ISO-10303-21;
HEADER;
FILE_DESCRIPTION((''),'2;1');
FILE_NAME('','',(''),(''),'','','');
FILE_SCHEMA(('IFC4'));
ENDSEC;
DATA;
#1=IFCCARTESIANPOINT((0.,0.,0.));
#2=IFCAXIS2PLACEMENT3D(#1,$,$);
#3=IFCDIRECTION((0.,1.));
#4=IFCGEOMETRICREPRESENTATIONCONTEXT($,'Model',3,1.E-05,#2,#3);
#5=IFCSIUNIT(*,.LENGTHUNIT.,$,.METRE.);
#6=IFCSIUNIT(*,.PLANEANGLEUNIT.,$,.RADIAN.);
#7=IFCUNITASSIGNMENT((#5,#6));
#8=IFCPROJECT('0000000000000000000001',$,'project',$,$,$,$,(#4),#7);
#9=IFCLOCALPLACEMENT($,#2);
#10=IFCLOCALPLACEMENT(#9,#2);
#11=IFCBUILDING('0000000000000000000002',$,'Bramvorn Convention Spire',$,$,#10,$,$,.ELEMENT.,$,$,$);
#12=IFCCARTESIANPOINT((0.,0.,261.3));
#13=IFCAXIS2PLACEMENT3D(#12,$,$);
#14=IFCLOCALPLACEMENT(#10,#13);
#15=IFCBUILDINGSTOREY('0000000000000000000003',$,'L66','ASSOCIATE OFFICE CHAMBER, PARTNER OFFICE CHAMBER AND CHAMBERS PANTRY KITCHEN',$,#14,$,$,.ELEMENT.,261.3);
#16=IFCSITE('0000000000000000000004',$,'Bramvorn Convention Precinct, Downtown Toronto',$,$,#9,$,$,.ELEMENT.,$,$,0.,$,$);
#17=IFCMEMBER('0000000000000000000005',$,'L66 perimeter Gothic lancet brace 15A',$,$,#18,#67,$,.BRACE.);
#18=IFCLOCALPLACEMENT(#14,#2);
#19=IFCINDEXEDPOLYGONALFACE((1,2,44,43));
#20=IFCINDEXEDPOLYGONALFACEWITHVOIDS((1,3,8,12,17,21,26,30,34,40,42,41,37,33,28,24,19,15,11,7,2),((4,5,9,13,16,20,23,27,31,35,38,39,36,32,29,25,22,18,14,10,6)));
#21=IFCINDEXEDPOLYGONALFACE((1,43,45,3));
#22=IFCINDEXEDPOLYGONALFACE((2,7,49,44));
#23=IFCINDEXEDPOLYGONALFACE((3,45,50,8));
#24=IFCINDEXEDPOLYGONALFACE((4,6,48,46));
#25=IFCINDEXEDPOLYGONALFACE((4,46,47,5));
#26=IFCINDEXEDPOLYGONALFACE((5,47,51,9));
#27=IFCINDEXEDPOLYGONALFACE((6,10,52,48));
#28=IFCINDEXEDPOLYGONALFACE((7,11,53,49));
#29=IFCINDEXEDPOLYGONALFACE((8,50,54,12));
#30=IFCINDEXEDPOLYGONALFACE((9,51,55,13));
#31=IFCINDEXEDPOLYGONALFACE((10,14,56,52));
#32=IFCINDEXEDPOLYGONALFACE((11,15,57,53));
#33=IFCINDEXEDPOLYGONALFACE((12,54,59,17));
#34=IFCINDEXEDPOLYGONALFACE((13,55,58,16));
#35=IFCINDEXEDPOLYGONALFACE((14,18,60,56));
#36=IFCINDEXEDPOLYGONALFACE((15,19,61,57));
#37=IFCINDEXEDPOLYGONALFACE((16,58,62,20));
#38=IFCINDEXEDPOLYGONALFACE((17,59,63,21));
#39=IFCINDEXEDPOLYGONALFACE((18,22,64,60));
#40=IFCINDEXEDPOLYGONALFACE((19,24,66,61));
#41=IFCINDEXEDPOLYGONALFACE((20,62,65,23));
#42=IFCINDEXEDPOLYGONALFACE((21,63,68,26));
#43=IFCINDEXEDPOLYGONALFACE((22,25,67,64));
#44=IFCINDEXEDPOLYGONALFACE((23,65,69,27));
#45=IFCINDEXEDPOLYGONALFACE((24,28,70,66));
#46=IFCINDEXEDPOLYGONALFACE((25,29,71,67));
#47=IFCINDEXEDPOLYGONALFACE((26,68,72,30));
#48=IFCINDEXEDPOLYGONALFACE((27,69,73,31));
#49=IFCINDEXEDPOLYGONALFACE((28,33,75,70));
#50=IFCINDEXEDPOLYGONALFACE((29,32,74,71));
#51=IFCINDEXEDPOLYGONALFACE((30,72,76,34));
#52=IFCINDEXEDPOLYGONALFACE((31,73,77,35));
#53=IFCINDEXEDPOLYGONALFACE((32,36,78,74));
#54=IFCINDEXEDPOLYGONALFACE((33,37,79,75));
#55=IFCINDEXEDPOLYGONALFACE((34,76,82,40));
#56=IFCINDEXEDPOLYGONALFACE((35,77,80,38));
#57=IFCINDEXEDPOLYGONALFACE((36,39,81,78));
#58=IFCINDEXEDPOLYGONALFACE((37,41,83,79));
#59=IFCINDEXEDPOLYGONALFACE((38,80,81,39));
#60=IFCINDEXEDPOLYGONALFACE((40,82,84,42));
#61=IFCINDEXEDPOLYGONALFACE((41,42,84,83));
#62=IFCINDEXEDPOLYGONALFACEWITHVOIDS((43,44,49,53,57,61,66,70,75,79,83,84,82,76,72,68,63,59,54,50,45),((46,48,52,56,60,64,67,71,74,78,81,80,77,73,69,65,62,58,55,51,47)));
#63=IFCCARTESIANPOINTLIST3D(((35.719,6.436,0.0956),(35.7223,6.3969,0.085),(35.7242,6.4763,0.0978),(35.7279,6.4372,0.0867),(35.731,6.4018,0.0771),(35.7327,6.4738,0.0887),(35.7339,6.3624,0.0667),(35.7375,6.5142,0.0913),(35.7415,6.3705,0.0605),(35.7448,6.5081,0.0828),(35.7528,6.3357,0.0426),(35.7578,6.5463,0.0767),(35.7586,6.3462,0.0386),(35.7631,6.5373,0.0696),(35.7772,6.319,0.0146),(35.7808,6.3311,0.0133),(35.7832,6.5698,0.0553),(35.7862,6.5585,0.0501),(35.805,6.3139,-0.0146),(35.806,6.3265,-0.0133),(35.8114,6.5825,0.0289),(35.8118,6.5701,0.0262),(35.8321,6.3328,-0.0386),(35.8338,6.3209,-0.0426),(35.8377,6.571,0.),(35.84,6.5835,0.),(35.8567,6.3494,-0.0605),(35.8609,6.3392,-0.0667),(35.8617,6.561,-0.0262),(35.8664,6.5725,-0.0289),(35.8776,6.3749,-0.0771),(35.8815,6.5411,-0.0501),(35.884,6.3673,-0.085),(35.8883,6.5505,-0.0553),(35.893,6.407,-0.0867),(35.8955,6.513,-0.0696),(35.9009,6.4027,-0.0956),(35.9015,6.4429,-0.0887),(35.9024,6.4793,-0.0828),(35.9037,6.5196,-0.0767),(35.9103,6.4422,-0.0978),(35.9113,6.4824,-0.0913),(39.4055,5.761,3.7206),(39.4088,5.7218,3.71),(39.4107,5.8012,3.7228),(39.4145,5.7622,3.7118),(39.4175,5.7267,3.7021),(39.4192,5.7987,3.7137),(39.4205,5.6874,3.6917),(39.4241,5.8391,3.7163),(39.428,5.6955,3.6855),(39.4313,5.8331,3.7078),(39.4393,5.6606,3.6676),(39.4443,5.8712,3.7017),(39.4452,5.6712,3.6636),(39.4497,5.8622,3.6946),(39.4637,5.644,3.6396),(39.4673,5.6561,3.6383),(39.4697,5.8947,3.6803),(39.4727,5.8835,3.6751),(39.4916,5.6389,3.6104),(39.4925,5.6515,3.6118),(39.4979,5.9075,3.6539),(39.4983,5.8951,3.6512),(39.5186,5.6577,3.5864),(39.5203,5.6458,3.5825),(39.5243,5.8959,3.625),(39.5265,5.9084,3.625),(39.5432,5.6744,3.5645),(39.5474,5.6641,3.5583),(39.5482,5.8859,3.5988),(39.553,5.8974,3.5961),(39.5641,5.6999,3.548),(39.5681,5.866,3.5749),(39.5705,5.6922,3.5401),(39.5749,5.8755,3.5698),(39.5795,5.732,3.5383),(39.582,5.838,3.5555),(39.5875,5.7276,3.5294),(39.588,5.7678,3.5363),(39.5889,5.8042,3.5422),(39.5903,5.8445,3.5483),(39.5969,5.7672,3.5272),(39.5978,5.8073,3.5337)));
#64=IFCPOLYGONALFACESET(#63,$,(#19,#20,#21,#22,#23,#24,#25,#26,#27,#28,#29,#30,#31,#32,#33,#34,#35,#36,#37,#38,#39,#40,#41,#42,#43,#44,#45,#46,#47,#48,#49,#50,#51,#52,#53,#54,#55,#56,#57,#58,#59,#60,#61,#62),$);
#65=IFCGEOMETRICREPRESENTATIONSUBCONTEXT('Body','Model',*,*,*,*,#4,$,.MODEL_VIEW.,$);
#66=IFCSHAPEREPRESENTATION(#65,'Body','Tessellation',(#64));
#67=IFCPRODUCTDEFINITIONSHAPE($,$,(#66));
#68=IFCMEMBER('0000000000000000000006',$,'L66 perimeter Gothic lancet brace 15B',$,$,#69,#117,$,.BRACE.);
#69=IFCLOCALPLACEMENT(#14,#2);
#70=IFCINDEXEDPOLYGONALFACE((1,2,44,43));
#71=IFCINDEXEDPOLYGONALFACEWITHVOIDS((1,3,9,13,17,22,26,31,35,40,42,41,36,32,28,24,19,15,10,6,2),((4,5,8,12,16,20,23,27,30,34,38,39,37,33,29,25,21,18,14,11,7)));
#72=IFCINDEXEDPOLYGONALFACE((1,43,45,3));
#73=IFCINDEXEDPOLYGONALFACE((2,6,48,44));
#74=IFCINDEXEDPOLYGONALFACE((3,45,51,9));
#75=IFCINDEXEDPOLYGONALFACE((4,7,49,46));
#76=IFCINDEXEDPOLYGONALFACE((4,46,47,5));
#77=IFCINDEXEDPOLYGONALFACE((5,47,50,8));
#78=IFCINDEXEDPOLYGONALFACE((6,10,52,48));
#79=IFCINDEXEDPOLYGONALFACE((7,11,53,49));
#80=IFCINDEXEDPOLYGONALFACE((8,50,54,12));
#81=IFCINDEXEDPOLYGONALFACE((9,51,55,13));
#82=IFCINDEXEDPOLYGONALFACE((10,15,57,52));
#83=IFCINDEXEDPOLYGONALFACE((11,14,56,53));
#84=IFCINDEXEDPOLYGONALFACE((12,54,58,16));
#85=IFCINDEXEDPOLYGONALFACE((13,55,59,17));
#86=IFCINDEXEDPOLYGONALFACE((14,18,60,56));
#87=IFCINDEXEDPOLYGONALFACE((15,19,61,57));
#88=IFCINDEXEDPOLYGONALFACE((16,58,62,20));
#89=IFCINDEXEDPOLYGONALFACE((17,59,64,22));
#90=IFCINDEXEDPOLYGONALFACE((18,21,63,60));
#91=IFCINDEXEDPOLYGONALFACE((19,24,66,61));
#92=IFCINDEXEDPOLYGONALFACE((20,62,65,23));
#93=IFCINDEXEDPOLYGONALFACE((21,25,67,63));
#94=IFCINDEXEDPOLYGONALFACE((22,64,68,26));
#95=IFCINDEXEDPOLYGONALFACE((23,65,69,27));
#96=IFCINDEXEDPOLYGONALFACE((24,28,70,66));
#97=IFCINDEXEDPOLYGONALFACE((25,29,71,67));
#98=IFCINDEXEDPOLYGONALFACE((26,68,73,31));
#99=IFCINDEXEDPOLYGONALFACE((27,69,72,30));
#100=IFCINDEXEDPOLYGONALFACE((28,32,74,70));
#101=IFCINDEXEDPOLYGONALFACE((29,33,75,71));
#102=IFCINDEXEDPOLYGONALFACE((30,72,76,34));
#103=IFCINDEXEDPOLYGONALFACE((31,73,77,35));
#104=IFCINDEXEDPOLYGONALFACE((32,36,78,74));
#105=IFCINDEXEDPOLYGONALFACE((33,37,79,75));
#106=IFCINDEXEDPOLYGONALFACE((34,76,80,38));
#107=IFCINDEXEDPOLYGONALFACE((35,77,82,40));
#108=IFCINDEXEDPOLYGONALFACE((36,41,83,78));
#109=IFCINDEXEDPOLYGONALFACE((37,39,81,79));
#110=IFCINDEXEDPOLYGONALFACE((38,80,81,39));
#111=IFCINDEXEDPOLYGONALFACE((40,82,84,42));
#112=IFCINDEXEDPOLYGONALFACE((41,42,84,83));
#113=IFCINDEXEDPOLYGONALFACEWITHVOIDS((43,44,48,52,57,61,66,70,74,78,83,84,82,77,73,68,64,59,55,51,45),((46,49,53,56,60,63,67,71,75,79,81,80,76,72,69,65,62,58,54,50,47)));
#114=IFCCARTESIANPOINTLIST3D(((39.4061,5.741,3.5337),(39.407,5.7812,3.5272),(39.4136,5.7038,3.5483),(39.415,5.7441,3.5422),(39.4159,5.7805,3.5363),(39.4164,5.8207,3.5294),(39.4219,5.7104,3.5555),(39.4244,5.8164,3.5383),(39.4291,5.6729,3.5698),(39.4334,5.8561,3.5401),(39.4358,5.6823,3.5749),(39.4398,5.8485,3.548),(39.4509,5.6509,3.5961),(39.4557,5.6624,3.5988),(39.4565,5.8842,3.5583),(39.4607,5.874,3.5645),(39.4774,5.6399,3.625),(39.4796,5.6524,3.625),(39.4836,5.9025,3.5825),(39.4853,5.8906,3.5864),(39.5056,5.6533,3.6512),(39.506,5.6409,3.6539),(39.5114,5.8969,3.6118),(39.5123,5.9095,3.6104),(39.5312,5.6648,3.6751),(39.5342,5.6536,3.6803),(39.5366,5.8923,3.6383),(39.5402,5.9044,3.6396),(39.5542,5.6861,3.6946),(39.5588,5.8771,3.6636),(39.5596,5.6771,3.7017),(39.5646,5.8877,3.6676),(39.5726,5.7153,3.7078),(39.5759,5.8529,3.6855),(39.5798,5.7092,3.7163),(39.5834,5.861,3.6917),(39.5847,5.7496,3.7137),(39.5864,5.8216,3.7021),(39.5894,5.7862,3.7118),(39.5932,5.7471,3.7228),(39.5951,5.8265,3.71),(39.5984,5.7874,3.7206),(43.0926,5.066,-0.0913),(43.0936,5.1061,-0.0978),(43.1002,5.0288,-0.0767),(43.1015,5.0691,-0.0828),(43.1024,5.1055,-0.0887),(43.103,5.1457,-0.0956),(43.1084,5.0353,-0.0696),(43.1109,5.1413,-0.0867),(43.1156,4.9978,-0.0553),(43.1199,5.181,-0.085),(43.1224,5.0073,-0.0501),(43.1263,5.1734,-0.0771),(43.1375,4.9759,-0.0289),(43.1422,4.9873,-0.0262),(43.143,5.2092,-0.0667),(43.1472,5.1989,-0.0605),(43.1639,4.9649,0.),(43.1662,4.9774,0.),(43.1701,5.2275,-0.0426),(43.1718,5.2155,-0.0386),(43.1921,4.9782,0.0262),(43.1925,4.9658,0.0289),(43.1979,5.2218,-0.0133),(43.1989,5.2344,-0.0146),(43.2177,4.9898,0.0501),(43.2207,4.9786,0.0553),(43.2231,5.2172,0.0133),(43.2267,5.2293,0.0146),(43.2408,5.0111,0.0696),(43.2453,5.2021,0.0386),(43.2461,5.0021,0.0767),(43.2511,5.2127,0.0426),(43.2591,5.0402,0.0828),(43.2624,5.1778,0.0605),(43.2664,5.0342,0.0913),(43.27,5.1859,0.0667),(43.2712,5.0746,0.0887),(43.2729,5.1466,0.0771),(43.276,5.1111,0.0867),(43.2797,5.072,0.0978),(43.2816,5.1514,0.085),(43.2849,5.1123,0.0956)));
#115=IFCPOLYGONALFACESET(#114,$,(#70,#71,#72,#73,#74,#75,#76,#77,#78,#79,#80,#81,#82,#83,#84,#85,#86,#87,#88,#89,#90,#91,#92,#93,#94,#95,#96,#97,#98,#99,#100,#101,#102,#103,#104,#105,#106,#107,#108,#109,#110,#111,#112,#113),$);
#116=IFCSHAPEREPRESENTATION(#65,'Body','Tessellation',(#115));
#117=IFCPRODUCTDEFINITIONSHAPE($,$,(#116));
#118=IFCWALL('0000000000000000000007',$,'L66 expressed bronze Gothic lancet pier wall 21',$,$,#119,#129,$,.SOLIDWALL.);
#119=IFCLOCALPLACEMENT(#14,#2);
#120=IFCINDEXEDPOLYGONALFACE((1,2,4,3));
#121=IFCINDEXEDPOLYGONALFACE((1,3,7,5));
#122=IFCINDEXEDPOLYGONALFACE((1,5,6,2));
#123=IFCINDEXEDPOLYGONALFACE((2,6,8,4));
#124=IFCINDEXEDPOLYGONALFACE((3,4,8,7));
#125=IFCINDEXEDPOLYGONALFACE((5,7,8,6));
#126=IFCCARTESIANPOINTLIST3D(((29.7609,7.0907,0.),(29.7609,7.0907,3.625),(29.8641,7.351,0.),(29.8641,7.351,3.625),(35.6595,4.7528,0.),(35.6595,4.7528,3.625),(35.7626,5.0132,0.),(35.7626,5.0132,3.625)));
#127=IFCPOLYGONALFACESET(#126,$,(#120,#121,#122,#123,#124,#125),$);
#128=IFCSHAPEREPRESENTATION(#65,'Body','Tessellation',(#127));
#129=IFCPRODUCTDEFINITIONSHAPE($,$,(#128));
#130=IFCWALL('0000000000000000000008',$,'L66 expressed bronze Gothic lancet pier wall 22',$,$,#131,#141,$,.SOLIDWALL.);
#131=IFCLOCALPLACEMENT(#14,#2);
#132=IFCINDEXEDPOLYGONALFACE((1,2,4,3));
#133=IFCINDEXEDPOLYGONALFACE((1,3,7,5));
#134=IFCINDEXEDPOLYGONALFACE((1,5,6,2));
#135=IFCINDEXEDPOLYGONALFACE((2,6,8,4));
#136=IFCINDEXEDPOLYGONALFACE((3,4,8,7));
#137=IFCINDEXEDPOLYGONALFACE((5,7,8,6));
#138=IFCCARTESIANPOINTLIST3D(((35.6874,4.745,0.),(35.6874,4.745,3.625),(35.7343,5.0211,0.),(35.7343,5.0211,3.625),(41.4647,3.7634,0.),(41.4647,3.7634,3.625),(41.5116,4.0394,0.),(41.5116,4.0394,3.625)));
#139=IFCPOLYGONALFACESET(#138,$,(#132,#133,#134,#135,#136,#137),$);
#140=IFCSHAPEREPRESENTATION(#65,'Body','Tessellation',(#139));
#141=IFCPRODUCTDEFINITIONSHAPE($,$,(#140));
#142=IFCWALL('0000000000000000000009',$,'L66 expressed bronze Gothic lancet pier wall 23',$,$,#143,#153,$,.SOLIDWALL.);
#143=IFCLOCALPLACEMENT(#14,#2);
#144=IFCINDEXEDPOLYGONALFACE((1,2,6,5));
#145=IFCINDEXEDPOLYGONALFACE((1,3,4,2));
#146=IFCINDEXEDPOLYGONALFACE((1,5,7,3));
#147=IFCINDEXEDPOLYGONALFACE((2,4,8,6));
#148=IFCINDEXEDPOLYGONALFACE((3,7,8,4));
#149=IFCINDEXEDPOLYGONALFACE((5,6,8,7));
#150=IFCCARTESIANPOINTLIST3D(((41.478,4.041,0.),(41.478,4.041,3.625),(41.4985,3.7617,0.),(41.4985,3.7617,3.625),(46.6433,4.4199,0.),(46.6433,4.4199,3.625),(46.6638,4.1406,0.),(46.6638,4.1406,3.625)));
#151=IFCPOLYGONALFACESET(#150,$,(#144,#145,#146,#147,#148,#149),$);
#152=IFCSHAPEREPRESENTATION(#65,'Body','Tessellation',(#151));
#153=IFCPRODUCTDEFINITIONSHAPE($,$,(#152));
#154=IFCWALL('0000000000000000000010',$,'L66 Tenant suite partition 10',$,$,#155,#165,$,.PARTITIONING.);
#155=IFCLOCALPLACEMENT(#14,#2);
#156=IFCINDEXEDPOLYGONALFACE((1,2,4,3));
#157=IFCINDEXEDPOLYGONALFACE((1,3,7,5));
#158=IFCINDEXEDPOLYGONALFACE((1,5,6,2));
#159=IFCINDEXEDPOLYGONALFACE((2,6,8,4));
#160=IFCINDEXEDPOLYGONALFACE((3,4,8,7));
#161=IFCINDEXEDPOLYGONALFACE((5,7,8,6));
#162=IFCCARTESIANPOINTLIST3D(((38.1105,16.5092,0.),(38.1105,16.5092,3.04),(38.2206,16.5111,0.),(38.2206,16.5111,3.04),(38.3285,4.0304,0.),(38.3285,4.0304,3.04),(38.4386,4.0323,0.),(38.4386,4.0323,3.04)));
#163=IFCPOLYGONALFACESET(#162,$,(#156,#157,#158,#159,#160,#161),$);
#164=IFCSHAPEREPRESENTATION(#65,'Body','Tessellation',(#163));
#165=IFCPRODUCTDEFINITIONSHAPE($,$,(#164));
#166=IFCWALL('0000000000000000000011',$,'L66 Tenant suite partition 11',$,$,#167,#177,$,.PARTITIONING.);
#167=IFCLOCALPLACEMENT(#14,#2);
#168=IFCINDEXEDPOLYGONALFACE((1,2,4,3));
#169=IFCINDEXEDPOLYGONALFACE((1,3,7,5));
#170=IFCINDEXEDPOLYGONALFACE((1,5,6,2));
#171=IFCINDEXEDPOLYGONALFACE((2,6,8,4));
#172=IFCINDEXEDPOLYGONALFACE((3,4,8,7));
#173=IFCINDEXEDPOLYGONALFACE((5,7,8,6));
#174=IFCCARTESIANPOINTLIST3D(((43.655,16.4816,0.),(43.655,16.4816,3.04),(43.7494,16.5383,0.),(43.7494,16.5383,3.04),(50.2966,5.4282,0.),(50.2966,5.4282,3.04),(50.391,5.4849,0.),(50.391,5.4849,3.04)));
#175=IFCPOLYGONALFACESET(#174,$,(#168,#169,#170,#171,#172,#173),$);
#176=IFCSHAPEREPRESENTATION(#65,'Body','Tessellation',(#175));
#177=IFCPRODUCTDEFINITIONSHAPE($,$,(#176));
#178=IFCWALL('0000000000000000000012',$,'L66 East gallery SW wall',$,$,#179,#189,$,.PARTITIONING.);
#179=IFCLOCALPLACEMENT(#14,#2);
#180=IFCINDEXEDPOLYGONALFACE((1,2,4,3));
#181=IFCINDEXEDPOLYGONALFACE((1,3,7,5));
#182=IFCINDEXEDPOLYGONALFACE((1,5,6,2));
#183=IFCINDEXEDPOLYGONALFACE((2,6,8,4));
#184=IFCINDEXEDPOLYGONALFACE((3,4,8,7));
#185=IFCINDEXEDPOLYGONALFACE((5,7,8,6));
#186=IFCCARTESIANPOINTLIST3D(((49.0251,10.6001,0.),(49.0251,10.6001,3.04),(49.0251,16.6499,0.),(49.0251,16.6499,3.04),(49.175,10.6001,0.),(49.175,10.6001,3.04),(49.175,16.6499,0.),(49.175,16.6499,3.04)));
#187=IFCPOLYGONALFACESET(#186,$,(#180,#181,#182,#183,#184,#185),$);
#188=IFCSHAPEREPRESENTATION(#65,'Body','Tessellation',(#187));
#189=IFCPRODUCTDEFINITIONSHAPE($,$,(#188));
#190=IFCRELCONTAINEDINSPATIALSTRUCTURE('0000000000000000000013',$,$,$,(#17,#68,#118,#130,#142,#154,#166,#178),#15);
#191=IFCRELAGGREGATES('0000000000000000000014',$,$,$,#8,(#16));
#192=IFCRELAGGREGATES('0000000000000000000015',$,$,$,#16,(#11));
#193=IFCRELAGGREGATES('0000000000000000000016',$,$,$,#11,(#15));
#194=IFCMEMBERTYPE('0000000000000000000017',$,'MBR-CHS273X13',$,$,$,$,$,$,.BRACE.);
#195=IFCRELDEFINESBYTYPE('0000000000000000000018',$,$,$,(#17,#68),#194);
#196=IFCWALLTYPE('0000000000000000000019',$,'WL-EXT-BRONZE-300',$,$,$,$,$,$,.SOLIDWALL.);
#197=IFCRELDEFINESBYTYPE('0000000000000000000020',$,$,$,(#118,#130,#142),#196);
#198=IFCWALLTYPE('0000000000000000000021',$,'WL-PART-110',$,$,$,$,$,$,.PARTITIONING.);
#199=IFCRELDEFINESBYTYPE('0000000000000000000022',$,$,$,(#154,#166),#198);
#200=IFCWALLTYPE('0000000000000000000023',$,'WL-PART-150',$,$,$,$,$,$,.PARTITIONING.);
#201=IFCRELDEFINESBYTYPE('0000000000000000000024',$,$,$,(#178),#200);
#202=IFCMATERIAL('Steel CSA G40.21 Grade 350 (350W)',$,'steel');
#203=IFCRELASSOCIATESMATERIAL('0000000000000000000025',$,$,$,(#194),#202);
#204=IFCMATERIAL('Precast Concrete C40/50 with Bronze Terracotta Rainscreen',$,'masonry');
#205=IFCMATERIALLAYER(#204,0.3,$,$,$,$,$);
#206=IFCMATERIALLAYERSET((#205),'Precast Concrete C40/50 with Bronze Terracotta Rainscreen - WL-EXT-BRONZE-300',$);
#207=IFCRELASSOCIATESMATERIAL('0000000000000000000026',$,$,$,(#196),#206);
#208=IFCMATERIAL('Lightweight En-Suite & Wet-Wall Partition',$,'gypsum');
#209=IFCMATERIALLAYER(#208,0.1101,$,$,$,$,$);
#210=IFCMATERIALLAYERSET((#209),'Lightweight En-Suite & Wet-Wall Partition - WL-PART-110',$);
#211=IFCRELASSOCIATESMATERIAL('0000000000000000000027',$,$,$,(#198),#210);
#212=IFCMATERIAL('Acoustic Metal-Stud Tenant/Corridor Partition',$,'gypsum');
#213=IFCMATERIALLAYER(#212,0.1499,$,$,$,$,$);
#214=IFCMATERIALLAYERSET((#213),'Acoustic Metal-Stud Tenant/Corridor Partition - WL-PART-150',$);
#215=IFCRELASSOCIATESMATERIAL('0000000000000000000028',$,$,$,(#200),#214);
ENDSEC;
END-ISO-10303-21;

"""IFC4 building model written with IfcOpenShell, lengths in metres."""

from ifc_helpers import new_model, si_unit, direction, frame, frame_2d, origin, origin_2d, place, context, subcontext, project, spatial, rectangle, hollow_circle, extrude, material, layer, layer_set, material_profile, profile_set, type_object, element, save


model = new_model("IFC4")

# Units and contexts
model_context = context("Model", 3, precision=1e-05, world=origin(), true_north=direction((0.0, 1.0)))
body_context = subcontext(model_context, "Body", "Model", "MODEL_VIEW")
ifc_project = project(units=[si_unit("LENGTHUNIT", "METRE"), si_unit("PLANEANGLEUNIT", "RADIAN")], contexts=[model_context])

# Site, building, storey
site_placement = place(None, origin())
site = spatial("IfcSite", under=ifc_project, at=site_placement, Name="Bramvorn Convention Precinct, Downtown Toronto", CompositionType="ELEMENT", RefElevation=0.0)
building_placement = place(site_placement, origin())
building = spatial("IfcBuilding", under=site, at=building_placement, Name="Bramvorn Convention Spire", CompositionType="ELEMENT")
storey_placement = place(building_placement, frame((0.0, 0.0, 261.3)))
storey = spatial("IfcBuildingStorey", under=building, at=storey_placement, Name="L66", Description="ASSOCIATE OFFICE CHAMBER, PARTNER OFFICE CHAMBER AND CHAMBERS PANTRY KITCHEN", CompositionType="ELEMENT", Elevation=261.3)

# Shared definitions
ifc_material_1 = material(Name="Steel CSA G40.21 Grade 350 (350W)", Category="steel")

# Members
ifc_material_profile_1 = material_profile(ifc_material_1, hollow_circle(Radius=0.1365, WallThickness=0.0127, at=origin_2d()))
ifc_profile_set_1 = profile_set([ifc_material_profile_1], Name="Steel CSA G40.21 Grade 350 (350W) - CHS273X13")
member_type = type_object("IfcMemberType", Name="MBR-CHS273X13", PredefinedType="BRACE", material=ifc_profile_set_1)
for number, where, z_axis, x_axis, name in (
    (1, (35.8154, 6.4492, 0.0), (0.707031, -0.129466, 0.695231), (0.180118, 0.983645, 0.0), "L66 perimeter Gothic lancet brace 15A"),
    (2, (43.1885, 5.0991, 0.0), (-0.707031, 0.129466, 0.695231), (-0.180118, -0.983645, 0.0), "L66 perimeter Gothic lancet brace 15B"),
):
    element("IfcMember", number, at=place(storey_placement, frame(where, z_axis=z_axis, x_axis=x_axis)), inside=storey, type_object=member_type, Name=name, PredefinedType="BRACE", context=body_context, shape_type="SweptSolid", body=[
        extrude(hollow_circle(Radius=0.1365, WallThickness=0.0127, at=origin_2d()), origin(), (0.0, 0.0, 1.0), 5.2141),
    ])

# Walls
ifc_material_2 = material(Name="Precast Concrete C40/50 with Bronze Terracotta Rainscreen", Category="masonry")
ifc_layer_1 = layer(ifc_material_2, 0.3)
ifc_layer_set_1 = layer_set([ifc_layer_1], Name="Precast Concrete C40/50 with Bronze Terracotta Rainscreen - WL-EXT-BRONZE-300")
wall_type_1 = type_object("IfcWallType", Name="WL-EXT-BRONZE-300", PredefinedType="SOLIDWALL", material=ifc_layer_set_1)
wall_1_placement = place(storey_placement, frame((35.7109, 4.8831, 0.0), z_axis=(0.0, 0.0, 1.0), x_axis=(-0.929645, 0.368457, 0.0)))
element("IfcWall", 3, at=wall_1_placement, inside=storey, type_object=wall_type_1, Name="L66 expressed bronze Gothic lancet pier wall 21", PredefinedType="SOLIDWALL", context=body_context, shape_type="SweptSolid", body=[
    extrude(rectangle(XDim=6.345, YDim=0.28, at=frame_2d((3.1724, 0.0))), origin(), (0.0, 0.0, 1.0), 3.625),
])
wall_2_placement = place(storey_placement, frame((41.4883, 3.9014, 0.0), z_axis=(0.0, 0.0, 1.0), x_axis=(-0.985869, 0.167519, 0.0)))
element("IfcWall", 4, at=wall_2_placement, inside=storey, type_object=wall_type_1, Name="L66 expressed bronze Gothic lancet pier wall 22", PredefinedType="SOLIDWALL", context=body_context, shape_type="SweptSolid", body=[
    extrude(rectangle(XDim=5.8601, YDim=0.28, at=frame_2d((2.9302, 0.0))), origin(), (0.0, 0.0, 1.0), 3.625),
])
wall_3_placement = place(storey_placement, frame((46.6536, 4.2803, 0.0), z_axis=(0.0, 0.0, 1.0), x_axis=(-0.99732, -0.07316, 0.0)))
element("IfcWall", 5, at=wall_3_placement, inside=storey, type_object=wall_type_1, Name="L66 expressed bronze Gothic lancet pier wall 23", PredefinedType="SOLIDWALL", context=body_context, shape_type="SweptSolid", body=[
    extrude(rectangle(XDim=5.1792, YDim=0.28, at=frame_2d((2.5896, 0.0))), origin(), (0.0, 0.0, 1.0), 3.625),
])
ifc_material_3 = material(Name="Lightweight En-Suite & Wet-Wall Partition", Category="gypsum")
ifc_layer_2 = layer(ifc_material_3, 0.1101)
ifc_layer_set_2 = layer_set([ifc_layer_2], Name="Lightweight En-Suite & Wet-Wall Partition - WL-PART-110")
wall_type_2 = type_object("IfcWallType", Name="WL-PART-110", PredefinedType="PARTITIONING", material=ifc_layer_set_2)
wall_4_placement = place(storey_placement, frame((38.1655, 16.51, 0.0), z_axis=(0.0, 0.0, 1.0), x_axis=(0.017468, -0.999847, 0.0)))
element("IfcWall", 6, at=wall_4_placement, inside=storey, type_object=wall_type_2, Name="L66 Tenant suite partition 10", PredefinedType="PARTITIONING", context=body_context, shape_type="SweptSolid", body=[
    extrude(rectangle(XDim=12.4807, YDim=0.1101, at=frame_2d((6.2402, 0.0))), origin(), (0.0, 0.0, 1.0), 3.04),
])
wall_5_placement = place(storey_placement, frame((43.7021, 16.51, 0.0), z_axis=(0.0, 0.0, 1.0), x_axis=(0.515039, -0.857167, 0.0)))
element("IfcWall", 7, at=wall_5_placement, inside=storey, type_object=wall_type_2, Name="L66 Tenant suite partition 11", PredefinedType="PARTITIONING", context=body_context, shape_type="SweptSolid", body=[
    extrude(rectangle(XDim=12.8953, YDim=0.1101, at=frame_2d((6.4478, 0.0))), origin(), (0.0, 0.0, 1.0), 3.04),
])
ifc_material_4 = material(Name="Acoustic Metal-Stud Tenant/Corridor Partition", Category="gypsum")
ifc_layer_3 = layer(ifc_material_4, 0.1499)
ifc_layer_set_3 = layer_set([ifc_layer_3], Name="Acoustic Metal-Stud Tenant/Corridor Partition - WL-PART-150")
wall_type_3 = type_object("IfcWallType", Name="WL-PART-150", PredefinedType="PARTITIONING", material=ifc_layer_set_3)
wall_6_placement = place(storey_placement, frame((49.1001, 10.6001, 0.0), z_axis=(0.0, 0.0, 1.0), x_axis=(0.0, 1.0, 0.0)))
element("IfcWall", 8, at=wall_6_placement, inside=storey, type_object=wall_type_3, Name="L66 East gallery SW wall", PredefinedType="PARTITIONING", context=body_context, shape_type="SweptSolid", body=[
    extrude(rectangle(XDim=6.0498, YDim=0.1499, at=frame_2d((3.0249, 0.0))), origin(), (0.0, 0.0, 1.0), 3.04),
])

save(model, "model.ifc")
